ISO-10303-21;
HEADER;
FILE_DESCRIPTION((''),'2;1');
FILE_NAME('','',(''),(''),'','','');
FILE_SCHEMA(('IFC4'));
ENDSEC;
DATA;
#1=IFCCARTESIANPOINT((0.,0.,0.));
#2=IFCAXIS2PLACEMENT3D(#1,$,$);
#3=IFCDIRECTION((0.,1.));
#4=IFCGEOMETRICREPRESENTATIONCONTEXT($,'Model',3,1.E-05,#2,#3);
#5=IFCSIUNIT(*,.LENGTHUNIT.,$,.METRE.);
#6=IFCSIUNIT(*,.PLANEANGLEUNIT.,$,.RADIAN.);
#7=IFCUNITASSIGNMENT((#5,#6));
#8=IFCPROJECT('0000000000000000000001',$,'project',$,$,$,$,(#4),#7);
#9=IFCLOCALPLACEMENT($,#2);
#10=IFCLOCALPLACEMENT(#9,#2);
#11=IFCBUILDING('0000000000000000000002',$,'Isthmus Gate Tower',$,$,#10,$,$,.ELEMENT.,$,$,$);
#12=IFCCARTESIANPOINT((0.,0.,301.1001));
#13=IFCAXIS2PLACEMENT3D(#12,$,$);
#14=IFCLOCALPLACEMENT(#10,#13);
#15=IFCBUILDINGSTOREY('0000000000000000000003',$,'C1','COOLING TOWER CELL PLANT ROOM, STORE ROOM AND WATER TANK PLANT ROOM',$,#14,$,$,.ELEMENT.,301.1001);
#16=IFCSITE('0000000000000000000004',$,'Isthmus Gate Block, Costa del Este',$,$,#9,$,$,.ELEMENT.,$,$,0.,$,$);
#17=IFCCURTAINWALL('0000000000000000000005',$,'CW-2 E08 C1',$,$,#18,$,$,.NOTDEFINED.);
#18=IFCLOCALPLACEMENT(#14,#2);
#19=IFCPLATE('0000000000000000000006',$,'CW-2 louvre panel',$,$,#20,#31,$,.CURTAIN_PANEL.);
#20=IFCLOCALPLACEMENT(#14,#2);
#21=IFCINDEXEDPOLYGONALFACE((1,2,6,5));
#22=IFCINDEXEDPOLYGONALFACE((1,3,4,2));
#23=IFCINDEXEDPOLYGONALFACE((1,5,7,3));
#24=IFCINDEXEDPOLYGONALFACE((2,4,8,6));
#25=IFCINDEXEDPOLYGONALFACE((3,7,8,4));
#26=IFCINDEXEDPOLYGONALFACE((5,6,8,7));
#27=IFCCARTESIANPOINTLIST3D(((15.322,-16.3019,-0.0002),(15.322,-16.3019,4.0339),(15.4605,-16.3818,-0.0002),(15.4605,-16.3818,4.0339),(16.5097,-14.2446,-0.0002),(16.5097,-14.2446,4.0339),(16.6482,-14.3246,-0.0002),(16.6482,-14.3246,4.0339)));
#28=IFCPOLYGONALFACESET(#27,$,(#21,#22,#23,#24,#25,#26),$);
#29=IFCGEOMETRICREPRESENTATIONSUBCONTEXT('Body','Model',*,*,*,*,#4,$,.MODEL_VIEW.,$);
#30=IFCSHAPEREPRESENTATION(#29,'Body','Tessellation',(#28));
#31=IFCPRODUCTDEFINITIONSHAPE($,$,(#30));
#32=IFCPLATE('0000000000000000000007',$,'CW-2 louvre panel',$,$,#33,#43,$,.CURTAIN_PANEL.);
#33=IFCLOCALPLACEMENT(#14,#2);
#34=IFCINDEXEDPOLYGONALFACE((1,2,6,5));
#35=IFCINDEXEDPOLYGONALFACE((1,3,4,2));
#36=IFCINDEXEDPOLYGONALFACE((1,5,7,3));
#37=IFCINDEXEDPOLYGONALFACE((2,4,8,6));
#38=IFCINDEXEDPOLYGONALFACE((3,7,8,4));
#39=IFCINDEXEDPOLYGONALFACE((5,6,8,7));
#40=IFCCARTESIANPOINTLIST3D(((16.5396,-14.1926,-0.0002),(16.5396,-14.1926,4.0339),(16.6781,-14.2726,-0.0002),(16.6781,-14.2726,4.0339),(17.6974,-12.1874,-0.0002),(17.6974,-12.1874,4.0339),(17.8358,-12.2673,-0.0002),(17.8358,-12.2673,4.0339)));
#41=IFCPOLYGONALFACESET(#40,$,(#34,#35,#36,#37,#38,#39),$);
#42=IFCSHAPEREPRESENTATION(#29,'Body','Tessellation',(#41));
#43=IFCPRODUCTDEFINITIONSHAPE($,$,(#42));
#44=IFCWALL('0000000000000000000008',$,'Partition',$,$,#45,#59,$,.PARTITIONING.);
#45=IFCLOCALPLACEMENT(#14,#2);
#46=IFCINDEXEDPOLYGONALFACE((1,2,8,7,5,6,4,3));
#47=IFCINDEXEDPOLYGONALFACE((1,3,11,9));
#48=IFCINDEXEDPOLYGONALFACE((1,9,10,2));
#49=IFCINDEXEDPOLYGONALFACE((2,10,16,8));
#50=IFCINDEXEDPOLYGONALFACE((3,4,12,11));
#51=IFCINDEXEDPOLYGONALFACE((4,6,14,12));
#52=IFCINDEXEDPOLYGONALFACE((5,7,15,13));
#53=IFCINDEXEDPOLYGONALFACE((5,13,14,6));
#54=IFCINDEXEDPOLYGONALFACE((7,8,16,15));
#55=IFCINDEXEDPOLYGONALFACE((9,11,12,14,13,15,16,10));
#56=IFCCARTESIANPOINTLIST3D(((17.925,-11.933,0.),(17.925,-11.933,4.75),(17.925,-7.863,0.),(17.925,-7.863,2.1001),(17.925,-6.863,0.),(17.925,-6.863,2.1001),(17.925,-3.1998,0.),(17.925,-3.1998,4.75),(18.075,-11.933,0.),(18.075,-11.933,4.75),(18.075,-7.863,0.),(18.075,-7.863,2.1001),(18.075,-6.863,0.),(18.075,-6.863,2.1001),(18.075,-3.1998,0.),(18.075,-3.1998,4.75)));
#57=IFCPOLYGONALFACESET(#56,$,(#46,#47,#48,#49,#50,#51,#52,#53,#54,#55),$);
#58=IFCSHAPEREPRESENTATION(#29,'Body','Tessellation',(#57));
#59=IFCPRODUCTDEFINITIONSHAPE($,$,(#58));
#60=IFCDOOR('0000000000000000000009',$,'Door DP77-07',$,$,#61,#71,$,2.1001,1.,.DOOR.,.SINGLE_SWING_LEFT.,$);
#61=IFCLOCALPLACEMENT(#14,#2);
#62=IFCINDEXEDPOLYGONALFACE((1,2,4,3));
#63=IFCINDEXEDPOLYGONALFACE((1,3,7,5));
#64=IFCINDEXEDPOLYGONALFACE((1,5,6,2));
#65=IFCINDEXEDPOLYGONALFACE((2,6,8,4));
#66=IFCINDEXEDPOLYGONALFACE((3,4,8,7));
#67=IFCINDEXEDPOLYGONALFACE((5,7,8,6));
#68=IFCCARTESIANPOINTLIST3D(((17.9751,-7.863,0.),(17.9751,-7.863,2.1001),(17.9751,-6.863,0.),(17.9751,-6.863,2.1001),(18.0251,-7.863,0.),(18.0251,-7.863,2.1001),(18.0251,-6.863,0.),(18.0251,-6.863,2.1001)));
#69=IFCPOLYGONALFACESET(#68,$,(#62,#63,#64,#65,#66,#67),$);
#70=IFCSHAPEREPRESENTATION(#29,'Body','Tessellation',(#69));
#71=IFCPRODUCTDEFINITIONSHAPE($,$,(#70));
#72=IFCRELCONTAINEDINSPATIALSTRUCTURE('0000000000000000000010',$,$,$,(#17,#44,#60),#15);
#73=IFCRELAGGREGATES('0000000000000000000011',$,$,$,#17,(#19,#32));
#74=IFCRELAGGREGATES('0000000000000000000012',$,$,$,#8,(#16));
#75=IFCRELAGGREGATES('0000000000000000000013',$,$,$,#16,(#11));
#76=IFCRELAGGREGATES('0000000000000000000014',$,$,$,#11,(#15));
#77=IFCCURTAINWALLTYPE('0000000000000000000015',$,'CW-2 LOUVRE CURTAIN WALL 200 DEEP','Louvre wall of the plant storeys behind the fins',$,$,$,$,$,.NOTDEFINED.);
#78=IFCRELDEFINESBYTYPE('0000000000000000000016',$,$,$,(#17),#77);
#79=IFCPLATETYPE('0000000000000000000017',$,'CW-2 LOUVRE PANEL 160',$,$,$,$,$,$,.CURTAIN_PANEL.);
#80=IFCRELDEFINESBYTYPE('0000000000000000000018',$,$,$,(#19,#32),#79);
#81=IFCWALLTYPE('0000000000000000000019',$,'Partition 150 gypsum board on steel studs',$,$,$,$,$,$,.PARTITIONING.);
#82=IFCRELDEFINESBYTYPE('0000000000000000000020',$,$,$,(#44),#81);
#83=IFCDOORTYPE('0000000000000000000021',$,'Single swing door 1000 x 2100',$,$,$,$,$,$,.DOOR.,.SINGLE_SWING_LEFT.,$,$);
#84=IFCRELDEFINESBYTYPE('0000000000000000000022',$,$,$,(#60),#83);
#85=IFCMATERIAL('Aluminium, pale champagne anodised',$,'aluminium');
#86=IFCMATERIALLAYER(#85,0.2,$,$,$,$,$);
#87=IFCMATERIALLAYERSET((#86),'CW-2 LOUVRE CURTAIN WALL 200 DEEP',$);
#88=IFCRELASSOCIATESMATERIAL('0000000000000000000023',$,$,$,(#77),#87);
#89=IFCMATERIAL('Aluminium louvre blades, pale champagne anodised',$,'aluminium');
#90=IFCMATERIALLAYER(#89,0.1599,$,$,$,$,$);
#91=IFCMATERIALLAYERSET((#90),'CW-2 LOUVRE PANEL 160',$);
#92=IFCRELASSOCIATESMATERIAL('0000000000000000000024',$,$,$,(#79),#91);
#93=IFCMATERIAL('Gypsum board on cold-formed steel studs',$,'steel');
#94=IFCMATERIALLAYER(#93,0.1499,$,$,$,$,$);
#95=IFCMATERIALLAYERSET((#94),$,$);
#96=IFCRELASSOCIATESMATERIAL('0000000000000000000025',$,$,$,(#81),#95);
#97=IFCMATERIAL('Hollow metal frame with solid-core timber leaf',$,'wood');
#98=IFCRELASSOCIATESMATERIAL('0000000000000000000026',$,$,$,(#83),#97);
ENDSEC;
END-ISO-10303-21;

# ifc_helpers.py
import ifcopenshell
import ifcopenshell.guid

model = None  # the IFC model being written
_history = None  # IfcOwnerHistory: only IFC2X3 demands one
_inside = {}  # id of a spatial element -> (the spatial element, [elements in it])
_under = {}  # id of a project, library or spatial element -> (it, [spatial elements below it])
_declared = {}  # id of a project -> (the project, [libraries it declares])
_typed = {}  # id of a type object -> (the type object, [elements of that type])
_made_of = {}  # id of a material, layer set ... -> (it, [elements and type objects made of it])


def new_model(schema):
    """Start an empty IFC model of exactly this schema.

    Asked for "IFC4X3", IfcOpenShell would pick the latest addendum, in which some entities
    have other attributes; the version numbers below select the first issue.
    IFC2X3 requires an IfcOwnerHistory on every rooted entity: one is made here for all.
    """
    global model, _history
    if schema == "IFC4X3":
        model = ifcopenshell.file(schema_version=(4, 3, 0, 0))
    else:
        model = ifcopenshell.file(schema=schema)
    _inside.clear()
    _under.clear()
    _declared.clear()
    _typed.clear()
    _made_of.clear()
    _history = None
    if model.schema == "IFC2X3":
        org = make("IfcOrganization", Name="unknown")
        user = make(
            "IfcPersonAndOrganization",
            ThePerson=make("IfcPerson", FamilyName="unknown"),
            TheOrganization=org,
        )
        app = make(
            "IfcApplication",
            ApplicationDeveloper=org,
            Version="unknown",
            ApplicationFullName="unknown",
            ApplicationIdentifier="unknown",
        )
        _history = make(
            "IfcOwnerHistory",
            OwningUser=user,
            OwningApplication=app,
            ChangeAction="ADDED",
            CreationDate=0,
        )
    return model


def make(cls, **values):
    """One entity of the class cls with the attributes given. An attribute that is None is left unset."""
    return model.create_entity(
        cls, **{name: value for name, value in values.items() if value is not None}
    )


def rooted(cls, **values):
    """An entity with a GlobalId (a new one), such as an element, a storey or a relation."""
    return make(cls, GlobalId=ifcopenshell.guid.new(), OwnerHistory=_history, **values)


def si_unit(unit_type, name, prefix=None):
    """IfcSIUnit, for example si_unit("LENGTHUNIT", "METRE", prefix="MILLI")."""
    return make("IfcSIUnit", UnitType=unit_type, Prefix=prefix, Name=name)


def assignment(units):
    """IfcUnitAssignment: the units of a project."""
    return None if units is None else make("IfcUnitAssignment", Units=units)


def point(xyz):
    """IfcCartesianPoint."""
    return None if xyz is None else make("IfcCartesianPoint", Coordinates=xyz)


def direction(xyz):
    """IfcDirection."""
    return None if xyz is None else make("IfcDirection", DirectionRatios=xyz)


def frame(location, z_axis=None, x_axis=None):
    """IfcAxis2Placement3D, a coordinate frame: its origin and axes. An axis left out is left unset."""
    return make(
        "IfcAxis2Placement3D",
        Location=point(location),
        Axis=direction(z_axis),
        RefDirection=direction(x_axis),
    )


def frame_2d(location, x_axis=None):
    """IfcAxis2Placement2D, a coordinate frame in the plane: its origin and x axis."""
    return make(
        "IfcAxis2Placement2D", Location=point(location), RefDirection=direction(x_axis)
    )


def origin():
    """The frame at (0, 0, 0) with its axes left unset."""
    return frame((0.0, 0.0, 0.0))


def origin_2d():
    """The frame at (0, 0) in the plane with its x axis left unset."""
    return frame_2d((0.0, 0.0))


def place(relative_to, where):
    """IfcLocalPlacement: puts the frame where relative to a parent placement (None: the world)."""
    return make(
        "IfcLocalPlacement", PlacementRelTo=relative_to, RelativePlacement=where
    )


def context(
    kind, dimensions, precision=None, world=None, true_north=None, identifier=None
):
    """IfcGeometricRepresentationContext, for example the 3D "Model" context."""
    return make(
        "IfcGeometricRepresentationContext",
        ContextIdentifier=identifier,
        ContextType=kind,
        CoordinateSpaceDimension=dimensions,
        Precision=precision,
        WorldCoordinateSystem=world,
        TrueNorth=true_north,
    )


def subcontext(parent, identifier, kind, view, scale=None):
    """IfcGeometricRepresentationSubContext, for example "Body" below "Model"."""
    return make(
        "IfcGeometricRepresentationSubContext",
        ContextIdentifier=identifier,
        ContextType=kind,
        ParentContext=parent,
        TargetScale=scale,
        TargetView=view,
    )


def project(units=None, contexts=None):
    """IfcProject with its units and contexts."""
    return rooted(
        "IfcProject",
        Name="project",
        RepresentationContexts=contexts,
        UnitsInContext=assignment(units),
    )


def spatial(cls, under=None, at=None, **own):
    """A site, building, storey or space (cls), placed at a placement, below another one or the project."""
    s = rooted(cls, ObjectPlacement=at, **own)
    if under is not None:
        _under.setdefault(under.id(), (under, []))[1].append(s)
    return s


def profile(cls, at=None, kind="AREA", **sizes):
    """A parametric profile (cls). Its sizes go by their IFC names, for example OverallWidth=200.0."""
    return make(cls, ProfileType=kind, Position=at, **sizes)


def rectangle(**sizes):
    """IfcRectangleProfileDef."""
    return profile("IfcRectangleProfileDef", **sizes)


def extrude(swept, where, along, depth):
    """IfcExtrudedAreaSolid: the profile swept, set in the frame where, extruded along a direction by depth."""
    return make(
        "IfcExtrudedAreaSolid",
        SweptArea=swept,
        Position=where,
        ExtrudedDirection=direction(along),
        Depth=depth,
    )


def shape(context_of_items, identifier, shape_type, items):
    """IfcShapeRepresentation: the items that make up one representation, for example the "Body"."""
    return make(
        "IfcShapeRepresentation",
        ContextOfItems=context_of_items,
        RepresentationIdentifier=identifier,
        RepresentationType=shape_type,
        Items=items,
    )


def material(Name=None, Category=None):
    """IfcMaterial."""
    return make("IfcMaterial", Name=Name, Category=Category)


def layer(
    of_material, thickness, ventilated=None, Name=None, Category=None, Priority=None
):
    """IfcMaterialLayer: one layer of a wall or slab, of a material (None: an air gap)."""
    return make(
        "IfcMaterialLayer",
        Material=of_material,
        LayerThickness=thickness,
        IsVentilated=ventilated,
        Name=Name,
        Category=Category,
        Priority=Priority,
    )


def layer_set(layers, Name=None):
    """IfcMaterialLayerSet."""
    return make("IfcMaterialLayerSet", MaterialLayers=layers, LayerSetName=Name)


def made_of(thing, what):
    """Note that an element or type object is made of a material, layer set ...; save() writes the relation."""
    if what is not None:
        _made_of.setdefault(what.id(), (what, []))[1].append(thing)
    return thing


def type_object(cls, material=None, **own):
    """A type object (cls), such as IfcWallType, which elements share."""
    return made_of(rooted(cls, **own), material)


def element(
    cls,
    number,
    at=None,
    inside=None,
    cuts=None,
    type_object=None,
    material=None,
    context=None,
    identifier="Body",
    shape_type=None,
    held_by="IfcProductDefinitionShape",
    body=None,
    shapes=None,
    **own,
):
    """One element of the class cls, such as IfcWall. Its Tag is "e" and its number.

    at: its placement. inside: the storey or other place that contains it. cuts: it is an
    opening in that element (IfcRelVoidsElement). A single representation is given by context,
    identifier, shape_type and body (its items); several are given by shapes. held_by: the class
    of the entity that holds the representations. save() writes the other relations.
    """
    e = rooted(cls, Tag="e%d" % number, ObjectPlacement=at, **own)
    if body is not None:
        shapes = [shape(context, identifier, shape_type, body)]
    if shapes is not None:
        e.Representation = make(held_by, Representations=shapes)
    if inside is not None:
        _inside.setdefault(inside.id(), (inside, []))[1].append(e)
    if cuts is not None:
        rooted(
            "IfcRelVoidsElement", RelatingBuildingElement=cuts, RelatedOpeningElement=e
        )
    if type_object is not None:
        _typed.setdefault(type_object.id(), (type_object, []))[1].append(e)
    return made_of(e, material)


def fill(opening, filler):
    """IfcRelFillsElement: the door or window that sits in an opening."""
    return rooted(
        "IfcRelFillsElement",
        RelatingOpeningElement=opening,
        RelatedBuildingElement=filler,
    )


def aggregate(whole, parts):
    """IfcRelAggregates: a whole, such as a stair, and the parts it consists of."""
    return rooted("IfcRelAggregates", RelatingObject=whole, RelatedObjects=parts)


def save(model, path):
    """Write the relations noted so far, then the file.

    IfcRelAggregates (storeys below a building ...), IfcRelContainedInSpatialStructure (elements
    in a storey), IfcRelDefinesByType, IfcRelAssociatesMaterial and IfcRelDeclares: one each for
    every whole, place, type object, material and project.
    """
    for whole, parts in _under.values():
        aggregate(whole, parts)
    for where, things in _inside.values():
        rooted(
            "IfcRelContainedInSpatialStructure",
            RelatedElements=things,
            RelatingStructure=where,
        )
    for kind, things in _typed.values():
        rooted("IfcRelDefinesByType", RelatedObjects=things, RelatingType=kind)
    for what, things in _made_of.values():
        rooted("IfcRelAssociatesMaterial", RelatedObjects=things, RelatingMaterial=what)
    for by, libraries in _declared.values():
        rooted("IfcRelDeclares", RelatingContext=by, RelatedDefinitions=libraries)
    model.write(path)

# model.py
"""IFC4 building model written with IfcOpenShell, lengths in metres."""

from ifc_helpers import new_model, si_unit, direction, frame, frame_2d, origin, origin_2d, place, context, subcontext, project, spatial, rectangle, extrude, material, layer, layer_set, type_object, element, fill, aggregate, save


model = new_model("IFC4")

# Units and contexts
model_context = context("Model", 3, precision=1e-05, world=origin(), true_north=direction((0.0, 1.0)))
body_context = subcontext(model_context, "Body", "Model", "MODEL_VIEW")
ifc_project = project(units=[si_unit("LENGTHUNIT", "METRE"), si_unit("PLANEANGLEUNIT", "RADIAN")], contexts=[model_context])

# Site, building, storey
site_placement = place(None, origin())
site = spatial("IfcSite", under=ifc_project, at=site_placement, Name="Isthmus Gate Block, Costa del Este", CompositionType="ELEMENT", RefElevation=0.0)
building_placement = place(site_placement, origin())
building = spatial("IfcBuilding", under=site, at=building_placement, Name="Isthmus Gate Tower", CompositionType="ELEMENT")
storey_placement = place(building_placement, frame((0.0, 0.0, 301.1001)))
storey = spatial("IfcBuildingStorey", under=building, at=storey_placement, Name="C1", Description="COOLING TOWER CELL PLANT ROOM, STORE ROOM AND WATER TANK PLANT ROOM", CompositionType="ELEMENT", Elevation=301.1001)

# Curtain wall
ifc_material_1 = material(Name="Aluminium, pale champagne anodised", Category="aluminium")
ifc_layer_1 = layer(ifc_material_1, 0.2)
ifc_layer_set_1 = layer_set([ifc_layer_1], Name="CW-2 LOUVRE CURTAIN WALL 200 DEEP")
curtain_wall_type = type_object("IfcCurtainWallType", Name="CW-2 LOUVRE CURTAIN WALL 200 DEEP", Description="Louvre wall of the plant storeys behind the fins", PredefinedType="NOTDEFINED", material=ifc_layer_set_1)
curtain_wall_1_placement = place(storey_placement, origin())
curtain_wall_1 = element("IfcCurtainWall", 1, at=curtain_wall_1_placement, inside=storey, type_object=curtain_wall_type, Name="CW-2 E08 C1", PredefinedType="NOTDEFINED")

# Plates
ifc_material_2 = material(Name="Aluminium louvre blades, pale champagne anodised", Category="aluminium")
ifc_layer_2 = layer(ifc_material_2, 0.1599)
ifc_layer_set_2 = layer_set([ifc_layer_2], Name="CW-2 LOUVRE PANEL 160")
plate_type = type_object("IfcPlateType", Name="CW-2 LOUVRE PANEL 160", PredefinedType="CURTAIN_PANEL", material=ifc_layer_set_2)
plate_1_placement = place(storey_placement, frame((15.9851, -15.3132, -0.0002), z_axis=(0.0, 0.0, 1.0), x_axis=(0.5, 0.866025, 0.0)))
plate_1 = element("IfcPlate", 2, at=plate_1_placement, type_object=plate_type, Name="CW-2 louvre panel", PredefinedType="CURTAIN_PANEL", context=body_context, shape_type="SweptSolid", body=[
    extrude(rectangle(XDim=2.3755, YDim=0.1599, at=origin_2d()), origin(), (0.0, 0.0, 1.0), 4.0342),
])
plate_2_placement = place(storey_placement, frame((17.1877, -13.23, -0.0002), z_axis=(0.0, 0.0, 1.0), x_axis=(0.5, 0.866025, 0.0)))
plate_2 = element("IfcPlate", 3, at=plate_2_placement, type_object=plate_type, Name="CW-2 louvre panel", PredefinedType="CURTAIN_PANEL", context=body_context, shape_type="SweptSolid", body=[
    extrude(rectangle(XDim=2.3154, YDim=0.1599, at=origin_2d()), origin(), (0.0, 0.0, 1.0), 4.0342),
])
aggregate(curtain_wall_1, [plate_1, plate_2])

# Wall, opening, door
ifc_material_3 = material(Name="Gypsum board on cold-formed steel studs", Category="steel")
ifc_layer_3 = layer(ifc_material_3, 0.1499)
ifc_layer_set_3 = layer_set([ifc_layer_3])
wall_type = type_object("IfcWallType", Name="Partition 150 gypsum board on steel studs", PredefinedType="PARTITIONING", material=ifc_layer_set_3)
wall_placement = place(storey_placement, frame((18.0, -11.9331, 0.0), z_axis=(0.0, 0.0, 1.0), x_axis=(0.0, 1.0, 0.0)))
wall = element("IfcWall", 4, at=wall_placement, inside=storey, type_object=wall_type, Name="Partition", PredefinedType="PARTITIONING", context=body_context, shape_type="SweptSolid", body=[
    extrude(rectangle(XDim=8.7332, YDim=0.1499, at=frame_2d((4.3667, 0.0))), origin(), (0.0, 0.0, 1.0), 4.75),
])
opening_placement = place(wall_placement, frame((4.0701, 0.0, 0.0)))
opening = element("IfcOpeningElement", 5, at=opening_placement, cuts=wall, PredefinedType="OPENING", context=body_context, shape_type="SweptSolid", body=[
    extrude(rectangle(XDim=1.0, YDim=2.1001, at=frame_2d((0.5, 1.05))), frame((0.0, 0.085, 0.0), z_axis=(0.0, -1.0, 0.0), x_axis=(1.0, 0.0, 0.0)), (0.0, 0.0, 1.0), 0.1699),
])
ifc_material_4 = material(Name="Hollow metal frame with solid-core timber leaf", Category="wood")
door_type = type_object("IfcDoorType", Name="Single swing door 1000 x 2100", OperationType="SINGLE_SWING_LEFT", PredefinedType="DOOR", material=ifc_material_4)
door_placement = place(opening_placement, origin())
door = element("IfcDoor", 6, at=door_placement, inside=storey, type_object=door_type, Name="Door DP77-07", OperationType="SINGLE_SWING_LEFT", OverallHeight=2.1001, OverallWidth=1.0, PredefinedType="DOOR", context=body_context, shape_type="SweptSolid", body=[
    extrude(rectangle(XDim=1.0, YDim=2.1001, at=frame_2d((0.5, 1.05))), frame((0.0, 0.0249, 0.0), z_axis=(0.0, -1.0, 0.0), x_axis=(1.0, 0.0, 0.0)), (0.0, 0.0, 1.0), 0.05),
])
fill(opening, door)

save(model, "model.ifc")
